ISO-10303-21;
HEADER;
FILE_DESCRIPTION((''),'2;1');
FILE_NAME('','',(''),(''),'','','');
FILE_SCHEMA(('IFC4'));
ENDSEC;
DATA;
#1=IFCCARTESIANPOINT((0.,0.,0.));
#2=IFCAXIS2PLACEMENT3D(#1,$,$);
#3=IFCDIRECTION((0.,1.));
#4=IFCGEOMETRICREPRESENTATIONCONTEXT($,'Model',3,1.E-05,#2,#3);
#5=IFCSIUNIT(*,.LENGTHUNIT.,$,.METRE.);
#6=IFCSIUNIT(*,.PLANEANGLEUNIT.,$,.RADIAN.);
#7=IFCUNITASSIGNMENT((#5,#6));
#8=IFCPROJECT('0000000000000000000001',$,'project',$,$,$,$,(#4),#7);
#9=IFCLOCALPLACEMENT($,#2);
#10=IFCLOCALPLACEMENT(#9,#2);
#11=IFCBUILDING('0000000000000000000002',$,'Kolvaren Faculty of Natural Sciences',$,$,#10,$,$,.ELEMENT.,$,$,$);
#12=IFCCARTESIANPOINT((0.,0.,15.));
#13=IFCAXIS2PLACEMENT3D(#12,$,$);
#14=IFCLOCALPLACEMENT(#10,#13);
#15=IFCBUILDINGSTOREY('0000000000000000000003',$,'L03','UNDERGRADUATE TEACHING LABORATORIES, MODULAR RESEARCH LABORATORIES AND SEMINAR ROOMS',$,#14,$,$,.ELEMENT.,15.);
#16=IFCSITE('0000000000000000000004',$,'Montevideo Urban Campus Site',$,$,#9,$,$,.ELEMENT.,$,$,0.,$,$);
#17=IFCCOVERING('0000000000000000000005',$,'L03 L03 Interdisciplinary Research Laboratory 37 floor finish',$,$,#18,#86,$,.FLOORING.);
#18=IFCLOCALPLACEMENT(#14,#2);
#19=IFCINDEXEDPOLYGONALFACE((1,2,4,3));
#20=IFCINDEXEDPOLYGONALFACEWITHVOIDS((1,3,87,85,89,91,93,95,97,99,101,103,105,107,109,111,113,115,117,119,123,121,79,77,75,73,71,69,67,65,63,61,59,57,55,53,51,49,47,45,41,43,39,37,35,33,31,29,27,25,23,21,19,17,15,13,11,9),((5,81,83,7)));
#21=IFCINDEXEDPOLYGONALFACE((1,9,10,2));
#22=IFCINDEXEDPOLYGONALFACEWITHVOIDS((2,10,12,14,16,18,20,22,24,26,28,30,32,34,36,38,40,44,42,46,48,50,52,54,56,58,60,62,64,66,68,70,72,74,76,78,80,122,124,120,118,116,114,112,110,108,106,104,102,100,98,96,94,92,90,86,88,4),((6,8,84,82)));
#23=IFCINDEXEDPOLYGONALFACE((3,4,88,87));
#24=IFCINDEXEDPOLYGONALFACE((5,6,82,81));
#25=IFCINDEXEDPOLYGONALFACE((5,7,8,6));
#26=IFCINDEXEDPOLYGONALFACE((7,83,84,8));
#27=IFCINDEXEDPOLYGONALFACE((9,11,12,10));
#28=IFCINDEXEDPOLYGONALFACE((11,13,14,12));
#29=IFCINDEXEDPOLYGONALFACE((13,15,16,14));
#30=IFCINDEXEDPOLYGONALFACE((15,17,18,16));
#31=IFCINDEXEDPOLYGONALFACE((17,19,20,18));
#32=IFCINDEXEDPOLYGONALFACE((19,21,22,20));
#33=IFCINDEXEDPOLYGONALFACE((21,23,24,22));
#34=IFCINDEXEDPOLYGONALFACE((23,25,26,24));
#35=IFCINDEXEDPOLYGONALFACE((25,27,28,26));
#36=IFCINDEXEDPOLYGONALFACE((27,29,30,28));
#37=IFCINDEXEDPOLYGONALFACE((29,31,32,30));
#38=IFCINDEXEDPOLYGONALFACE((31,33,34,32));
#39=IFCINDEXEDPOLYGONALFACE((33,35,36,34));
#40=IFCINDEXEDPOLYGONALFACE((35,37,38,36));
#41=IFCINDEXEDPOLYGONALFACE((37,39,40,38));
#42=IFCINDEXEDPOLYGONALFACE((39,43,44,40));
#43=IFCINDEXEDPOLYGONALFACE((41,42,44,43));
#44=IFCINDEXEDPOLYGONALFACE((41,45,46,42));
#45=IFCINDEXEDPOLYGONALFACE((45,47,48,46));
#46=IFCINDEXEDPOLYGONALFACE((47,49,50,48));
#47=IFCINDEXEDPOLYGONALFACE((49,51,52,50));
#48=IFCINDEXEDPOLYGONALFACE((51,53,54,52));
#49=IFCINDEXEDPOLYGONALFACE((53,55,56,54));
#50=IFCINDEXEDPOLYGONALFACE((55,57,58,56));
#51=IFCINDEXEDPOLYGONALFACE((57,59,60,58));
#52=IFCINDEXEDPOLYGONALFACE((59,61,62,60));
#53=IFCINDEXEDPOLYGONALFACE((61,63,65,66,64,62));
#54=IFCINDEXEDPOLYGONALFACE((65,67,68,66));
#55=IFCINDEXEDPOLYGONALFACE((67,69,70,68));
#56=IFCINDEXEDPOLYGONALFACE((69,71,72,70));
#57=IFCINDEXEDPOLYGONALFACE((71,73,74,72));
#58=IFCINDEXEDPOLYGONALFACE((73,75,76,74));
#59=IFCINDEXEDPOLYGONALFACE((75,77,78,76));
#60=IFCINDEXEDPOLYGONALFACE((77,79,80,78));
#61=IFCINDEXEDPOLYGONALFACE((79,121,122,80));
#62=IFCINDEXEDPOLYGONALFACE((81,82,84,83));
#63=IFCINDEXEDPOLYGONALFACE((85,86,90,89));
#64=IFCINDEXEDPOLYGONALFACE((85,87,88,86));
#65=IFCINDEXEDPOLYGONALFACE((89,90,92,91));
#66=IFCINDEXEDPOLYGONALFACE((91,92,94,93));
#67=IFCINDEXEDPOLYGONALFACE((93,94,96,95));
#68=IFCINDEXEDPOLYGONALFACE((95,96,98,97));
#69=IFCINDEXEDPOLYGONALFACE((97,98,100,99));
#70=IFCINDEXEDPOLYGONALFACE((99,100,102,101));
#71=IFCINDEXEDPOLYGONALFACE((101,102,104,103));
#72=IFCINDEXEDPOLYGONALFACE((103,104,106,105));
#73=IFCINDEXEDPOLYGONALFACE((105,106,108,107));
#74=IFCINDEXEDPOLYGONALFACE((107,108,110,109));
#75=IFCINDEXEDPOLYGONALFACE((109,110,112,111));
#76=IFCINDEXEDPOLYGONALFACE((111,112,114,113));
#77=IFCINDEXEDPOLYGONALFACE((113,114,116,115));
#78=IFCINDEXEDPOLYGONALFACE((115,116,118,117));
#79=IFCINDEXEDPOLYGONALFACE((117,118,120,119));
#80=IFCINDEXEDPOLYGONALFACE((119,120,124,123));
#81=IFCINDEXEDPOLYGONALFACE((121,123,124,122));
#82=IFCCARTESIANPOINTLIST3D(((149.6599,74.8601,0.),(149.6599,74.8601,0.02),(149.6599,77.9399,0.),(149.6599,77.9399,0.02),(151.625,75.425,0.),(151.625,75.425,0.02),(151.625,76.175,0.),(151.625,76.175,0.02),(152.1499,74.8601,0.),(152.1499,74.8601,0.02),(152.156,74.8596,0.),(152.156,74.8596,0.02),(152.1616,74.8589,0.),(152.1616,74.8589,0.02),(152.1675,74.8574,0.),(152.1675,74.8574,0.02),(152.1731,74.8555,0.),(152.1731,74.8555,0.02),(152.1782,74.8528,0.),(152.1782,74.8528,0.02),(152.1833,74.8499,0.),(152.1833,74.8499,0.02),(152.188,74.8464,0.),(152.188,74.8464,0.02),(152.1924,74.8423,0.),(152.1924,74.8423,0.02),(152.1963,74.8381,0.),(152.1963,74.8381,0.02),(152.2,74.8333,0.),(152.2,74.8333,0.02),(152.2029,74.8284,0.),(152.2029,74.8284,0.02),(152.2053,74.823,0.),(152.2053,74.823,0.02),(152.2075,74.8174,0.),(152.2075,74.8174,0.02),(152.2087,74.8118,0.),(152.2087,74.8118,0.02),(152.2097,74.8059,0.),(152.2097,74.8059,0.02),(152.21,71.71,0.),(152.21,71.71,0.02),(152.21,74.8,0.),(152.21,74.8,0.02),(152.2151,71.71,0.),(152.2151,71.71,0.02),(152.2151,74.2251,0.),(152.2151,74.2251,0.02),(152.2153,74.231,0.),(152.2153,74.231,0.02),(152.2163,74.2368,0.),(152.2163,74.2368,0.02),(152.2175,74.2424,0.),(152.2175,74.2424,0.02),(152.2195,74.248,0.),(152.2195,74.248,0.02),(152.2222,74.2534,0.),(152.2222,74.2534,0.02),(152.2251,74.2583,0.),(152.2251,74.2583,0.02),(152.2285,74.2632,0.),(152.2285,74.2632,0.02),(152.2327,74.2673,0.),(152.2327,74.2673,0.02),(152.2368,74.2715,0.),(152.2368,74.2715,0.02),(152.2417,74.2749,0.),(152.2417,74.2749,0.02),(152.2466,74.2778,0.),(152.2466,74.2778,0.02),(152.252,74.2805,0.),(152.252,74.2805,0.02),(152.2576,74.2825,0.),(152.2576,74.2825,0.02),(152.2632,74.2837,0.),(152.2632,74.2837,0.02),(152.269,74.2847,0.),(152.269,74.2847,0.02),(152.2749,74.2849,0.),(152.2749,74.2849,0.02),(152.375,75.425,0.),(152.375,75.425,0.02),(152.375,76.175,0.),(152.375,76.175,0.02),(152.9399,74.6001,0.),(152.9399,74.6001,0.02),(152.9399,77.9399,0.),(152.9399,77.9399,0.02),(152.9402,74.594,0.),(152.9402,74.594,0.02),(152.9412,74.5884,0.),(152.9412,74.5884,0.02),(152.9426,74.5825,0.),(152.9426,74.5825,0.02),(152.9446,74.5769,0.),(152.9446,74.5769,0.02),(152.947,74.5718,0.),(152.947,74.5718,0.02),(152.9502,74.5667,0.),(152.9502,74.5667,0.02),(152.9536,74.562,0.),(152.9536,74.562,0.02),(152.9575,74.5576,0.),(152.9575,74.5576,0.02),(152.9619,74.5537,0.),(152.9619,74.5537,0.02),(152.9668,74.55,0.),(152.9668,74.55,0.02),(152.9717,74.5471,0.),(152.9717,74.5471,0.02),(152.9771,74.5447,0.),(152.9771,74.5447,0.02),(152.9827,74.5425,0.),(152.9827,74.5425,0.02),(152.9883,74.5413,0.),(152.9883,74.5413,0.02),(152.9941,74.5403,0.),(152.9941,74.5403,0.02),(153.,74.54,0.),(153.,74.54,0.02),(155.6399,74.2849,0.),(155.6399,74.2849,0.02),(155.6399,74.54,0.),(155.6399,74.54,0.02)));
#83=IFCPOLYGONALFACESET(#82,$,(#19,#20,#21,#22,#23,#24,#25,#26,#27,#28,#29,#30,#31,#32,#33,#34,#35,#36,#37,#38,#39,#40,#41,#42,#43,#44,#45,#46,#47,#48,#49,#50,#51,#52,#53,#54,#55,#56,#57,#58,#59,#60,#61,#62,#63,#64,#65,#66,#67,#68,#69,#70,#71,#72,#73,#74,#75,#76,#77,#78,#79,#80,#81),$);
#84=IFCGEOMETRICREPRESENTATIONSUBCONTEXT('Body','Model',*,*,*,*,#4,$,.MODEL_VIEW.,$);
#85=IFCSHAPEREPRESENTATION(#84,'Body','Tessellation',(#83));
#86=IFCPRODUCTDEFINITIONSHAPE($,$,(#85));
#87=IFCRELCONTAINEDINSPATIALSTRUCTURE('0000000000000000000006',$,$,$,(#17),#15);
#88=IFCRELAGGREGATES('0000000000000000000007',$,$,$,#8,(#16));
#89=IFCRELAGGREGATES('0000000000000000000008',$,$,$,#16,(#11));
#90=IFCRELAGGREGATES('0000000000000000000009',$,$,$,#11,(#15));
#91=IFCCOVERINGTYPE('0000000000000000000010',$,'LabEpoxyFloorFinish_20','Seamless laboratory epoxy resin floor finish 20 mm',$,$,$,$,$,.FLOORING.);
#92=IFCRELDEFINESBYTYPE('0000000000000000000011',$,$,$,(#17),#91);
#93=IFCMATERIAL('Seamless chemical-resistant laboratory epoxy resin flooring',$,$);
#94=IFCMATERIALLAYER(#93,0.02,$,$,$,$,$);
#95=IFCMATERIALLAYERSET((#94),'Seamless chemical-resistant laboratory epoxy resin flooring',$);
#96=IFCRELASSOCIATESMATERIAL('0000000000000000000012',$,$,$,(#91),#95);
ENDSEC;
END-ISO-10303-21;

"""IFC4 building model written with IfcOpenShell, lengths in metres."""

from ifc_helpers import new_model, si_unit, direction, frame, origin, place, context, subcontext, project, spatial, polyline, outline, extrude, material, layer, layer_set, type_object, element, save


model = new_model("IFC4")

# Units and contexts
model_context = context("Model", 3, precision=1e-05, world=origin(), true_north=direction((0.0, 1.0)))
body_context = subcontext(model_context, "Body", "Model", "MODEL_VIEW")
ifc_project = project(units=[si_unit("LENGTHUNIT", "METRE"), si_unit("PLANEANGLEUNIT", "RADIAN")], contexts=[model_context])

# Site, building, storey
site_placement = place(None, origin())
site = spatial("IfcSite", under=ifc_project, at=site_placement, Name="Montevideo Urban Campus Site", CompositionType="ELEMENT", RefElevation=0.0)
building_placement = place(site_placement, origin())
building = spatial("IfcBuilding", under=site, at=building_placement, Name="Kolvaren Faculty of Natural Sciences", CompositionType="ELEMENT")
storey_placement = place(building_placement, frame((0.0, 0.0, 15.0)))
storey = spatial("IfcBuildingStorey", under=building, at=storey_placement, Name="L03", Description="UNDERGRADUATE TEACHING LABORATORIES, MODULAR RESEARCH LABORATORIES AND SEMINAR ROOMS", CompositionType="ELEMENT", Elevation=15.0)

# Covering
ifc_material_1 = material(Name="Seamless chemical-resistant laboratory epoxy resin flooring")
ifc_layer_1 = layer(ifc_material_1, 0.02)
ifc_layer_set_1 = layer_set([ifc_layer_1], Name="Seamless chemical-resistant laboratory epoxy resin flooring")
covering_type_1 = type_object("IfcCoveringType", Name="LabEpoxyFloorFinish_20", Description="Seamless laboratory epoxy resin floor finish 20 mm", PredefinedType="FLOORING", material=ifc_layer_set_1)
covering_1_placement = place(storey_placement, origin())
element("IfcCovering", 1, at=covering_1_placement, inside=storey, type_object=covering_type_1, Name="L03 L03 Interdisciplinary Research Laboratory 37 floor finish", PredefinedType="FLOORING", context=body_context, shape_type="SweptSolid", body=[
    extrude(outline(polyline([(149.6599, 77.9399), (152.9399, 77.9399), (152.9399, 74.6001), (152.9402, 74.594), (152.9412, 74.5884), (152.9426, 74.5825), (152.9446, 74.5769), (152.947, 74.5718), (152.9502, 74.5667), (152.9536, 74.562), (152.9575, 74.5576), (152.9619, 74.5537), (152.9668, 74.55), (152.9717, 74.5471), (152.9771, 74.5447), (152.9827, 74.5425), (152.9883, 74.5413), (152.9941, 74.5403), (153.0, 74.54), (155.6399, 74.54), (155.6399, 74.2849), (152.2749, 74.2849), (152.269, 74.2847), (152.2632, 74.2837), (152.2576, 74.2825), (152.252, 74.2805), (152.2466, 74.2778), (152.2417, 74.2749), (152.2368, 74.2715), (152.2327, 74.2673), (152.2285, 74.2632), (152.2251, 74.2583), (152.2222, 74.2534), (152.2195, 74.248), (152.2175, 74.2424), (152.2163, 74.2368), (152.2153, 74.231), (152.2151, 74.2251), (152.2151, 71.71), (152.21, 71.71), (152.21, 74.8), (152.2097, 74.8059), (152.2087, 74.8118), (152.2075, 74.8174), (152.2053, 74.823), (152.2029, 74.8284), (152.2, 74.8333), (152.1963, 74.8381), (152.1924, 74.8423), (152.188, 74.8464), (152.1833, 74.8499), (152.1782, 74.8528), (152.1731, 74.8555), (152.1675, 74.8574), (152.1616, 74.8589), (152.156, 74.8596), (152.1499, 74.8601), (149.6599, 74.8601), (149.6599, 77.9399)]), holes=[polyline([(151.625, 75.425), (152.375, 75.425), (152.375, 76.175), (151.625, 76.175), (151.625, 75.425)])]), origin(), (0.0, 0.0, 1.0), 0.02),
])

save(model, "model.ifc")
